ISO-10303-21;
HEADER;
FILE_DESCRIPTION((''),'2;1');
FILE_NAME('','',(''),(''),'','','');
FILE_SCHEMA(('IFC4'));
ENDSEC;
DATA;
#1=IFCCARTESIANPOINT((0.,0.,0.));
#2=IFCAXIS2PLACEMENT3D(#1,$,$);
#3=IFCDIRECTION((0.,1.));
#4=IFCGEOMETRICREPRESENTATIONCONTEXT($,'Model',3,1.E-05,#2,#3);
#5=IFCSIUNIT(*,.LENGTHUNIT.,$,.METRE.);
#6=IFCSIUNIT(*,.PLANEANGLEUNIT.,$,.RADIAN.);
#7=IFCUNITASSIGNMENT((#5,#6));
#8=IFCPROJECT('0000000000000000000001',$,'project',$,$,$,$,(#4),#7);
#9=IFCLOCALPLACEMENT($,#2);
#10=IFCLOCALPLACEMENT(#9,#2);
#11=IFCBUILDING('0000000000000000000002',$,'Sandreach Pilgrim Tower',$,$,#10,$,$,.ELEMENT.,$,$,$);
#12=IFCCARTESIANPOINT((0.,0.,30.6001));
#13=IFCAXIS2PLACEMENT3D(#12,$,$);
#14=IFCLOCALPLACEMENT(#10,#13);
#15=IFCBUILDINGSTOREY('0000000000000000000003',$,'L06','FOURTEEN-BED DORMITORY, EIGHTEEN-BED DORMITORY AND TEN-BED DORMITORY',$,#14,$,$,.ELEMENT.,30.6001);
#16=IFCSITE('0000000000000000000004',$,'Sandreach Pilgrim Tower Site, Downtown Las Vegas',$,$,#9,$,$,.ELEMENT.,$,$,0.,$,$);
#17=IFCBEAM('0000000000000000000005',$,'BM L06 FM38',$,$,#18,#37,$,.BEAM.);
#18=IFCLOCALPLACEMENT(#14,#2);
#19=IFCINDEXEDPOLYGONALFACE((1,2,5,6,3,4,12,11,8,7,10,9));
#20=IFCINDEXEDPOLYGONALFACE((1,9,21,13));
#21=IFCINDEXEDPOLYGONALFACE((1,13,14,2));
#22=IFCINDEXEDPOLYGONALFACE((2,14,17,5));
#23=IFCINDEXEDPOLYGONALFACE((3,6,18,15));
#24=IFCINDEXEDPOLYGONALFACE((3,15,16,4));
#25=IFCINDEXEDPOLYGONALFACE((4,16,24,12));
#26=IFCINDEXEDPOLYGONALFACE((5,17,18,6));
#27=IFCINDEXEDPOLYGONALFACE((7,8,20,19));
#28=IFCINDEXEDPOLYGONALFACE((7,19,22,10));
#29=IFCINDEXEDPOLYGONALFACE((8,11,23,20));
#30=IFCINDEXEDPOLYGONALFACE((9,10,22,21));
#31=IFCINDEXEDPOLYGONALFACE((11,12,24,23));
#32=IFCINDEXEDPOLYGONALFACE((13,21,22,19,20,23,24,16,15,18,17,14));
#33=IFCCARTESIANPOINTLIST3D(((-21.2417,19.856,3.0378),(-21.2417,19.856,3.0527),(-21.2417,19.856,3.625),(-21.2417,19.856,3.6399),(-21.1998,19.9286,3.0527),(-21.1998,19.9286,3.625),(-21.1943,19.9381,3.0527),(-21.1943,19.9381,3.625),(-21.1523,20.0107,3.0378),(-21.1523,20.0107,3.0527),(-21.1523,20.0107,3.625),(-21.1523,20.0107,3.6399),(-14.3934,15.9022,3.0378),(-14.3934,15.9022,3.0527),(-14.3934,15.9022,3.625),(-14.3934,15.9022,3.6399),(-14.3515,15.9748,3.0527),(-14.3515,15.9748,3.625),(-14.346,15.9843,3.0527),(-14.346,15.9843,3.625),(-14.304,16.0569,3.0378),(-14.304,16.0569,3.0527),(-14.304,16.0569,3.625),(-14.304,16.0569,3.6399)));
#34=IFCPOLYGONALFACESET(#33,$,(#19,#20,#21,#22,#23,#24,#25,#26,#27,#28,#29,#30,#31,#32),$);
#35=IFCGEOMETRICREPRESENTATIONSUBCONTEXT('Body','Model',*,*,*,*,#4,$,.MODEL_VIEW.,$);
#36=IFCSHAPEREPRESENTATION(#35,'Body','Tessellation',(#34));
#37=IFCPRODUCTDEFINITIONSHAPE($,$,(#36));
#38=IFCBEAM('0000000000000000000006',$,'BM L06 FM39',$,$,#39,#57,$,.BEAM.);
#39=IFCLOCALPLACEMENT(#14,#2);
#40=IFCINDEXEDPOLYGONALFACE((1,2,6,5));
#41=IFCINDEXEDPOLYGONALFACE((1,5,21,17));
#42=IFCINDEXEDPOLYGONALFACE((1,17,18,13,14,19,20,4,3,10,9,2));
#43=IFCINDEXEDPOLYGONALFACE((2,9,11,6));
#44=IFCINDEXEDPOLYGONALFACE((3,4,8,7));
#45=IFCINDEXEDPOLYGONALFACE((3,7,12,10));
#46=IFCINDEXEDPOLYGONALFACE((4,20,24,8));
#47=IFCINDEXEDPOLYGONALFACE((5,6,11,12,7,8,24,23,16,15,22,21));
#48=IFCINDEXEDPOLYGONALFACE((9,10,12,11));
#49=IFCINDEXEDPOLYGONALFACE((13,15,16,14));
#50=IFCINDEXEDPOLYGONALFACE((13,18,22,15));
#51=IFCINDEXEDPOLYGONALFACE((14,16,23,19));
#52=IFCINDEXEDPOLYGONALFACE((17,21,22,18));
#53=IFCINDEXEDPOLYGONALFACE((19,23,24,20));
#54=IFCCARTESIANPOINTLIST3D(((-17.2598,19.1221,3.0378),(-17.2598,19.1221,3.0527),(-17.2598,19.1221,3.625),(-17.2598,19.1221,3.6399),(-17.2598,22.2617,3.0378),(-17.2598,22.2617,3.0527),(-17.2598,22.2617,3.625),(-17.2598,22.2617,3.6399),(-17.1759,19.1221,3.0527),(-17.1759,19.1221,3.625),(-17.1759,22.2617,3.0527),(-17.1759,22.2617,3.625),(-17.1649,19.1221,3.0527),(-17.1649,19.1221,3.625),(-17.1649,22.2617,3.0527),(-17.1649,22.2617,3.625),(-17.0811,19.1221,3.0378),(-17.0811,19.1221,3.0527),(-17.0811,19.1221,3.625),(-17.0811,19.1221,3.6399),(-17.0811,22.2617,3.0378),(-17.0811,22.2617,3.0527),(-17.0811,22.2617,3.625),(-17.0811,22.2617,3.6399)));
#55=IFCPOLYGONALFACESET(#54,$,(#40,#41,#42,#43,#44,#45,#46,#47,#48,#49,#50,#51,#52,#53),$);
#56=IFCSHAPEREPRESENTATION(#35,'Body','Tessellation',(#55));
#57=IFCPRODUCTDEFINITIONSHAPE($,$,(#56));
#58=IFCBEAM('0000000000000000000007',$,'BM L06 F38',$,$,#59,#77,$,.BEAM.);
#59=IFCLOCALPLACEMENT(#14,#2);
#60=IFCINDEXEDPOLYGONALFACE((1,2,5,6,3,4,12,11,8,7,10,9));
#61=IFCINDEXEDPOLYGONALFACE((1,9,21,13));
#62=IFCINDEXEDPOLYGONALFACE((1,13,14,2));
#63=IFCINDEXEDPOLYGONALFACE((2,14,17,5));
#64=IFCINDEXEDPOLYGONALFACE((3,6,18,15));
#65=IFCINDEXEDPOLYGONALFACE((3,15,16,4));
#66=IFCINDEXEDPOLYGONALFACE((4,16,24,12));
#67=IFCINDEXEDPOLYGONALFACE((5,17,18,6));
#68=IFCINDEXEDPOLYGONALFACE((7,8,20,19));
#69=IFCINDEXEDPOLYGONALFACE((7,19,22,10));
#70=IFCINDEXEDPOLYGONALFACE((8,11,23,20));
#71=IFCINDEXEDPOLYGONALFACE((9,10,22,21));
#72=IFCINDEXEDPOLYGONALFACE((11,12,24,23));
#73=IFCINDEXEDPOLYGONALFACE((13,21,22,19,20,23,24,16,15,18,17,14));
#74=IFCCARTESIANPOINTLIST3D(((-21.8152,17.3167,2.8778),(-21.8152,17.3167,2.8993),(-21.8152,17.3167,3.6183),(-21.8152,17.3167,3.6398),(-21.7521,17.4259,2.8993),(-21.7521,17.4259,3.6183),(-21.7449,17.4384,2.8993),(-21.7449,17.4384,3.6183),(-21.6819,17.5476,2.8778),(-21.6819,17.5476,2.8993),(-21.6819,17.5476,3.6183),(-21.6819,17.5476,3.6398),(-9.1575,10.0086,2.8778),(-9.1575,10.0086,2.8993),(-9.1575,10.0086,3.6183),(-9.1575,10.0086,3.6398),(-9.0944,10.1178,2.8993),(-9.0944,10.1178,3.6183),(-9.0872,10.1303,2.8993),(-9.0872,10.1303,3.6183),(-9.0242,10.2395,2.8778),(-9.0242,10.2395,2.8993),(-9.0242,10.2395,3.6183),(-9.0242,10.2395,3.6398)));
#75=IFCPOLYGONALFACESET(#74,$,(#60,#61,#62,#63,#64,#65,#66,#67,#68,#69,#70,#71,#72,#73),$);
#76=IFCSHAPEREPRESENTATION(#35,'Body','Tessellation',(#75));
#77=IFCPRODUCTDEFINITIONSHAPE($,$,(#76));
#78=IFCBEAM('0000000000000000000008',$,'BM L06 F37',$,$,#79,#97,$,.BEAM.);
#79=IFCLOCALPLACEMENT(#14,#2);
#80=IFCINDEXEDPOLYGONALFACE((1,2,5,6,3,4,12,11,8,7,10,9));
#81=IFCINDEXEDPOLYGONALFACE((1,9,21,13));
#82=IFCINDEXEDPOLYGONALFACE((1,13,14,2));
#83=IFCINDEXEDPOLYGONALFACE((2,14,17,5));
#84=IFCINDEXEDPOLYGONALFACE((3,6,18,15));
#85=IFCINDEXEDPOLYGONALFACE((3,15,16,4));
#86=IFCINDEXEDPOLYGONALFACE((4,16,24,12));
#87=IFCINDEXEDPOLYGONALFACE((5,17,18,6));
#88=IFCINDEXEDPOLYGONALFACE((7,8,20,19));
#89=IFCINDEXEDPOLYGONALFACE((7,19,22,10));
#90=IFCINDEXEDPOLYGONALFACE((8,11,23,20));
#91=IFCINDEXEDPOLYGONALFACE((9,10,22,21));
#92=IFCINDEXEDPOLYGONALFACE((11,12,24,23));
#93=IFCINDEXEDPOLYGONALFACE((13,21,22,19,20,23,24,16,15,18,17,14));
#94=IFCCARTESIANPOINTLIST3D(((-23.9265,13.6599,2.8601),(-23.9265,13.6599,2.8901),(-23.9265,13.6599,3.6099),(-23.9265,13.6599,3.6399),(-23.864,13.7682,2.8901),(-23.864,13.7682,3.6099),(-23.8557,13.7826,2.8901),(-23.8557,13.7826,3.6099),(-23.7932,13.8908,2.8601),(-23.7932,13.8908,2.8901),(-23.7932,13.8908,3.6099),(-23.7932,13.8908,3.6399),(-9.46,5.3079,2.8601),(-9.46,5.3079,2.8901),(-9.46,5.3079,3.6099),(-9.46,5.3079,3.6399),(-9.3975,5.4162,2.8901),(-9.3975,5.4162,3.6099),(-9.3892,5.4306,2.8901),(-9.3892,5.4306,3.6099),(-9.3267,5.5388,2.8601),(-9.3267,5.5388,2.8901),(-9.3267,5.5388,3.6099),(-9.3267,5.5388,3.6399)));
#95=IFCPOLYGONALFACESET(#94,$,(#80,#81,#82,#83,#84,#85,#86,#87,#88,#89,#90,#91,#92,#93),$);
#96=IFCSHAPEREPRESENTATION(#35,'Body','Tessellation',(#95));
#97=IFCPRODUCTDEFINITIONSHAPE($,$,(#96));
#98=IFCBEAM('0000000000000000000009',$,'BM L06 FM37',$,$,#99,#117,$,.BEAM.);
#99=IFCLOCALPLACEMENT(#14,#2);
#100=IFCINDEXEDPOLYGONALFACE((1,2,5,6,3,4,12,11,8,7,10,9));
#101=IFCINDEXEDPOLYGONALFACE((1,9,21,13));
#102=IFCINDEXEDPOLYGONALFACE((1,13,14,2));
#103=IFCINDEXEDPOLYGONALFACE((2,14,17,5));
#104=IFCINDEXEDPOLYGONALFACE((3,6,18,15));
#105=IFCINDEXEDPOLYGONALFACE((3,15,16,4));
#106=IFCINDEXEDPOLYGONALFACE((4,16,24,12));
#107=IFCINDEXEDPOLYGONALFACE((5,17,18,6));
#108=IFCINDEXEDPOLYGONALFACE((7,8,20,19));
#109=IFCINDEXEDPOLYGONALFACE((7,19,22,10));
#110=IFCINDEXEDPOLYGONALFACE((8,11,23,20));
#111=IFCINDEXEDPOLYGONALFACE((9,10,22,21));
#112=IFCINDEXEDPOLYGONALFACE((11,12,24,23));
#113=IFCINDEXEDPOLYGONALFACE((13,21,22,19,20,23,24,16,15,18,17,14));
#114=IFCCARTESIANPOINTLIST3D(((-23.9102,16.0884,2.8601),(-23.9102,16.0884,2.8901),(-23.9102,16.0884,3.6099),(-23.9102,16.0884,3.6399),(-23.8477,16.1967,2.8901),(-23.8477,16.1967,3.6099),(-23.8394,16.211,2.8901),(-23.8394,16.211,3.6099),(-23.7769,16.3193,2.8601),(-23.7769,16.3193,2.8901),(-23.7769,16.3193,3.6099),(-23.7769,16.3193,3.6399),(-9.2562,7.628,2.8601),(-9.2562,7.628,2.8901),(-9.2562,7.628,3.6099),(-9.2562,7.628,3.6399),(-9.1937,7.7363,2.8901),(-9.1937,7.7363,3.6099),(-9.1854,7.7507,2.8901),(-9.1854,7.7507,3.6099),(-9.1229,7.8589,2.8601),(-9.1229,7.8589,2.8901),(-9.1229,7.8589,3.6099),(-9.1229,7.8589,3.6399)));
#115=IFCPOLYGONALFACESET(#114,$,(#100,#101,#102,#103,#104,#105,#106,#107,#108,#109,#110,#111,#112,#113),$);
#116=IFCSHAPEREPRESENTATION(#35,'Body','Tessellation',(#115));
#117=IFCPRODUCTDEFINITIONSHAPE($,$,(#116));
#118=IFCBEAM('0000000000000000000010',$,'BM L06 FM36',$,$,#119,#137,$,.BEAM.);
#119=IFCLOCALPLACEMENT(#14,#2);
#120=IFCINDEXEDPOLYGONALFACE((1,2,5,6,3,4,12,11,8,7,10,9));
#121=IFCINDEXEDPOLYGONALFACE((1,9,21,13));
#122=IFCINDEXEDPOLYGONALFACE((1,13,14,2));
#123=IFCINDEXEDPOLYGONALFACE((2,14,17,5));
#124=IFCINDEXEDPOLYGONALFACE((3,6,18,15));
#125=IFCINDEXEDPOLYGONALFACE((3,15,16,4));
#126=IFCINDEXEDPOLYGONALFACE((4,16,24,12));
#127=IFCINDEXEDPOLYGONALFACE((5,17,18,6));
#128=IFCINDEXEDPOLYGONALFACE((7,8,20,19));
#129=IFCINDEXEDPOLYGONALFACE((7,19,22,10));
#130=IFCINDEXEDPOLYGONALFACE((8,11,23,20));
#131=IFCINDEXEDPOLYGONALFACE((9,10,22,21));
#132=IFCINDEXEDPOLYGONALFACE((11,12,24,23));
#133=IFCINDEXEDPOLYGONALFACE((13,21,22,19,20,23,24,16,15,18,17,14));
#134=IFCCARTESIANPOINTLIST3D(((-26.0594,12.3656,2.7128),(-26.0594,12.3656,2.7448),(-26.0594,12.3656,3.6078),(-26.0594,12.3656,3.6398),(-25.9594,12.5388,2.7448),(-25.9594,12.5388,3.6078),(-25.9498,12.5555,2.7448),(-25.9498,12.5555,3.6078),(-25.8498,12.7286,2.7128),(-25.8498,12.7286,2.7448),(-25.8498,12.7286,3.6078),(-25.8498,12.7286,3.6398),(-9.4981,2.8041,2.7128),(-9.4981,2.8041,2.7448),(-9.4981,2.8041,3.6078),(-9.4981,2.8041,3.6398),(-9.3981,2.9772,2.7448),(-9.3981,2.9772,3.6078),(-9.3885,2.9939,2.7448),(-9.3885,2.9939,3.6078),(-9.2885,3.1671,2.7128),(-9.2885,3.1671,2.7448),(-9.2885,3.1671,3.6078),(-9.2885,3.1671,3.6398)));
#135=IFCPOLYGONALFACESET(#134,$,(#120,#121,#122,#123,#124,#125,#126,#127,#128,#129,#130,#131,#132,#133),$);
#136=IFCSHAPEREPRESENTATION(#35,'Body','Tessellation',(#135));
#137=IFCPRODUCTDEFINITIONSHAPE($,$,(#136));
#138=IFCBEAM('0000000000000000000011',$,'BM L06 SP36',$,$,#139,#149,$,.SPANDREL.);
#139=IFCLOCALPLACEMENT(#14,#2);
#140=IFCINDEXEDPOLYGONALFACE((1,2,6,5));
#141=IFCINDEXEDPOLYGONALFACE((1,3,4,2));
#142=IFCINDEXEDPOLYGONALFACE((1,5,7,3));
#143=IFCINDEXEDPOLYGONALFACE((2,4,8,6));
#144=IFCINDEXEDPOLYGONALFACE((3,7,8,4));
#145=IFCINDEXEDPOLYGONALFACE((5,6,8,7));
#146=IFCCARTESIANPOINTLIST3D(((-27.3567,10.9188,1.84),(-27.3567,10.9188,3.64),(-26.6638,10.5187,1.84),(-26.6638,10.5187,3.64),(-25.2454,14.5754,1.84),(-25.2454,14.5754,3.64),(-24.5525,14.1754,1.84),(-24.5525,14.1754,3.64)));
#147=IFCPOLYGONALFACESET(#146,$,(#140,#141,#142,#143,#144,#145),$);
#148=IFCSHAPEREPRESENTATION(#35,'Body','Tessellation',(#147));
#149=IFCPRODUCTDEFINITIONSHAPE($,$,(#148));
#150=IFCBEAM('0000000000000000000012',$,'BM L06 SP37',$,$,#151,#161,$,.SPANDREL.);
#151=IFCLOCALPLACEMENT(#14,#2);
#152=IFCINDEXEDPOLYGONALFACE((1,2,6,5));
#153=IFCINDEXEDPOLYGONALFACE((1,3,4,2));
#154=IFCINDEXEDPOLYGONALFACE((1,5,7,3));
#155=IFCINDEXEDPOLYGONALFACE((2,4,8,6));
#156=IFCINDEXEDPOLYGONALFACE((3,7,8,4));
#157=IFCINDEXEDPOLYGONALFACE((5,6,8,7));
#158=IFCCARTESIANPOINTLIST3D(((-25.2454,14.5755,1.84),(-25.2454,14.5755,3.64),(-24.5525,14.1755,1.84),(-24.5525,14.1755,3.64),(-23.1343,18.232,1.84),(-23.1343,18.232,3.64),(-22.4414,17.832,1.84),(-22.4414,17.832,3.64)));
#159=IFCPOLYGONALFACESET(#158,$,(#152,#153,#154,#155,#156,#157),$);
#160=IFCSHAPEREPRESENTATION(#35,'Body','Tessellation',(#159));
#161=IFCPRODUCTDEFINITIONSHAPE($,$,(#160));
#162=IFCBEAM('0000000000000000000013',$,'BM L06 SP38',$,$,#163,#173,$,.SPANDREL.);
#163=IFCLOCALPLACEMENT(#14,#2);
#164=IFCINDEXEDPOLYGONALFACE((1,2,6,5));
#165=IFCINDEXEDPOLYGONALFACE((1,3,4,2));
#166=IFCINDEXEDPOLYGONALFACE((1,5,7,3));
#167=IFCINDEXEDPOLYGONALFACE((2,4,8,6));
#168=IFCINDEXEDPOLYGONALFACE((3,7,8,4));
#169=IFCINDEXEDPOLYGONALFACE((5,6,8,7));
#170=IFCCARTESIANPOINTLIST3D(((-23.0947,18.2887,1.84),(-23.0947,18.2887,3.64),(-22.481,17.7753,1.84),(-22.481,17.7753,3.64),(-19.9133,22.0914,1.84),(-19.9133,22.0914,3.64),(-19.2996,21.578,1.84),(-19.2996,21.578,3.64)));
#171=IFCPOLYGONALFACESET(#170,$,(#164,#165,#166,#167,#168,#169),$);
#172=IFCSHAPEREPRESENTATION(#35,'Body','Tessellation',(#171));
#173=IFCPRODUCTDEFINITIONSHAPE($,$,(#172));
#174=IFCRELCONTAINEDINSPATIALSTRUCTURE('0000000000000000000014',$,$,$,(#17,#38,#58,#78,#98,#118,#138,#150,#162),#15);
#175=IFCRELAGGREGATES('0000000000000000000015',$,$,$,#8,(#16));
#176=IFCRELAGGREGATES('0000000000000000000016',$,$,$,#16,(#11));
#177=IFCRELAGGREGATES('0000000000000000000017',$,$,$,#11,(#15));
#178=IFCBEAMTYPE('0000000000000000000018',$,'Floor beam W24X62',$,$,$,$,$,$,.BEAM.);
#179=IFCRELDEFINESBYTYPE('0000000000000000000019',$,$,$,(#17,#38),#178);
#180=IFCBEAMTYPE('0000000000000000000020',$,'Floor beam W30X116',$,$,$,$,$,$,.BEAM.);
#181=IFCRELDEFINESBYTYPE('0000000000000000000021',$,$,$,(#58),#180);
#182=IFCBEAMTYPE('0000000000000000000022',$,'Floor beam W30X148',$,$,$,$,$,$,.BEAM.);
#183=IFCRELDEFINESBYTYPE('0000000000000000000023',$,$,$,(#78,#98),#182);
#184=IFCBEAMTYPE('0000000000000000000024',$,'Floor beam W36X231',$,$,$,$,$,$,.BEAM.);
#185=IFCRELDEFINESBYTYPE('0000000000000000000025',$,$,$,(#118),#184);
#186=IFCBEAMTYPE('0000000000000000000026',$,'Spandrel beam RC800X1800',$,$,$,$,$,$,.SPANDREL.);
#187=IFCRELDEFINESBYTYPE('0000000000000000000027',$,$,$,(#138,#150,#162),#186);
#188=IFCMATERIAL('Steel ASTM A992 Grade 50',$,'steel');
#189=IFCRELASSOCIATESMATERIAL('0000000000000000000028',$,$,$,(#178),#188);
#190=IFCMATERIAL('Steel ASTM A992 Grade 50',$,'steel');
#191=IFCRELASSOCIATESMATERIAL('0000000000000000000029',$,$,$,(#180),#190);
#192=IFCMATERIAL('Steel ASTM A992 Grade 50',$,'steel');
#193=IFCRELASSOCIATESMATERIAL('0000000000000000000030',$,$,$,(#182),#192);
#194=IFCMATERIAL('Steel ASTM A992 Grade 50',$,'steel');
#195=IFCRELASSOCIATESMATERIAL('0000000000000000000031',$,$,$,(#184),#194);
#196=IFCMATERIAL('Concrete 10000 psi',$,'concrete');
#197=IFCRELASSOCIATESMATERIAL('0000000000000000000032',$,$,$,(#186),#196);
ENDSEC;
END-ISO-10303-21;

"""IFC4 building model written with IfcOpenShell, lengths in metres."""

from ifc_helpers import new_model, si_unit, direction, frame, origin, origin_2d, place, context, subcontext, project, spatial, rectangle, i_section, extrude, material, material_profile, profile_set, type_object, element, save


model = new_model("IFC4")

# Units and contexts
model_context = context("Model", 3, precision=1e-05, world=origin(), true_north=direction((0.0, 1.0)))
body_context = subcontext(model_context, "Body", "Model", "MODEL_VIEW")
ifc_project = project(units=[si_unit("LENGTHUNIT", "METRE"), si_unit("PLANEANGLEUNIT", "RADIAN")], contexts=[model_context])

# Site, building, storey
site_placement = place(None, origin())
site = spatial("IfcSite", under=ifc_project, at=site_placement, Name="Sandreach Pilgrim Tower Site, Downtown Las Vegas", CompositionType="ELEMENT", RefElevation=0.0)
building_placement = place(site_placement, origin())
building = spatial("IfcBuilding", under=site, at=building_placement, Name="Sandreach Pilgrim Tower", CompositionType="ELEMENT")
storey_placement = place(building_placement, frame((0.0, 0.0, 30.6001)))
storey = spatial("IfcBuildingStorey", under=building, at=storey_placement, Name="L06", Description="FOURTEEN-BED DORMITORY, EIGHTEEN-BED DORMITORY AND TEN-BED DORMITORY", CompositionType="ELEMENT", Elevation=30.6001)

# Beams
ifc_material_1 = material(Name="Steel ASTM A992 Grade 50", Category="steel")
ifc_material_profile_1 = material_profile(ifc_material_1, i_section(OverallWidth=0.1787, OverallDepth=0.6021, WebThickness=0.011, FlangeThickness=0.0149, at=origin_2d()), Name="W24X62")
ifc_profile_set_1 = profile_set([ifc_material_profile_1], Name="Steel ASTM A992 Grade 50")
beam_type_1 = type_object("IfcBeamType", Name="Floor beam W24X62", PredefinedType="BEAM", material=ifc_profile_set_1)
beam_1_placement = place(storey_placement, frame((-21.197, 19.9333, 3.3389), z_axis=(0.866029, -0.499994, 0.0), x_axis=(0.499994, 0.866029, 0.0)))
element("IfcBeam", 1, at=beam_1_placement, inside=storey, type_object=beam_type_1, Name="BM L06 FM38", PredefinedType="BEAM", context=body_context, shape_type="SweptSolid", body=[
    extrude(i_section(OverallWidth=0.1787, OverallDepth=0.6021, WebThickness=0.011, FlangeThickness=0.0149, at=origin_2d()), origin(), (0.0, 0.0, 1.0), 7.9077),
])
beam_2_placement = place(storey_placement, frame((-17.1704, 22.2617, 3.3389), z_axis=(0.0, -1.0, 0.0), x_axis=(1.0, 0.0, 0.0)))
element("IfcBeam", 2, at=beam_2_placement, inside=storey, type_object=beam_type_1, Name="BM L06 FM39", PredefinedType="BEAM", context=body_context, shape_type="SweptSolid", body=[
    extrude(i_section(OverallWidth=0.1787, OverallDepth=0.6021, WebThickness=0.011, FlangeThickness=0.0149, at=origin_2d()), origin(), (0.0, 0.0, 1.0), 3.1396),
])
ifc_material_2 = material(Name="Steel ASTM A992 Grade 50", Category="steel")
ifc_material_profile_2 = material_profile(ifc_material_2, i_section(OverallWidth=0.2666, OverallDepth=0.762, WebThickness=0.0144, FlangeThickness=0.0215, at=origin_2d()), Name="W30X116")
ifc_profile_set_2 = profile_set([ifc_material_profile_2], Name="Steel ASTM A992 Grade 50")
beam_type_2 = type_object("IfcBeamType", Name="Floor beam W30X116", PredefinedType="BEAM", material=ifc_profile_set_2)
beam_3_placement = place(storey_placement, frame((-21.7485, 17.4321, 3.2588), z_axis=(0.86602, -0.500009, 0.0), x_axis=(0.500009, 0.86602, 0.0)))
element("IfcBeam", 3, at=beam_3_placement, inside=storey, type_object=beam_type_2, Name="BM L06 F38", PredefinedType="BEAM", context=body_context, shape_type="SweptSolid", body=[
    extrude(i_section(OverallWidth=0.2666, OverallDepth=0.762, WebThickness=0.0144, FlangeThickness=0.0215, at=origin_2d()), origin(), (0.0, 0.0, 1.0), 14.616),
])
ifc_material_3 = material(Name="Steel ASTM A992 Grade 50", Category="steel")
ifc_material_profile_3 = material_profile(ifc_material_3, i_section(OverallWidth=0.2666, OverallDepth=0.7798, WebThickness=0.0166, FlangeThickness=0.03, at=origin_2d()), Name="W30X148")
ifc_profile_set_3 = profile_set([ifc_material_profile_3], Name="Steel ASTM A992 Grade 50")
beam_type_3 = type_object("IfcBeamType", Name="Floor beam W30X148", PredefinedType="BEAM", material=ifc_profile_set_3)
beam_4_placement = place(storey_placement, frame((-23.8599, 13.7754, 3.25), z_axis=(0.866031, -0.49999, 0.0), x_axis=(0.49999, 0.866031, 0.0)))
element("IfcBeam", 4, at=beam_4_placement, inside=storey, type_object=beam_type_3, Name="BM L06 F37", PredefinedType="BEAM", context=body_context, shape_type="SweptSolid", body=[
    extrude(i_section(OverallWidth=0.2666, OverallDepth=0.7798, WebThickness=0.0166, FlangeThickness=0.03, at=origin_2d()), origin(), (0.0, 0.0, 1.0), 16.7043),
])
beam_5_placement = place(storey_placement, frame((-23.8435, 16.2039, 3.25), z_axis=(0.866027, -0.499997, 0.0), x_axis=(0.499997, 0.866027, 0.0)))
element("IfcBeam", 5, at=beam_5_placement, inside=storey, type_object=beam_type_3, Name="BM L06 FM37", PredefinedType="BEAM", context=body_context, shape_type="SweptSolid", body=[
    extrude(i_section(OverallWidth=0.2666, OverallDepth=0.7798, WebThickness=0.0166, FlangeThickness=0.03, at=origin_2d()), origin(), (0.0, 0.0, 1.0), 16.9209),
])
ifc_material_4 = material(Name="Steel ASTM A992 Grade 50", Category="steel")
ifc_material_profile_4 = material_profile(ifc_material_4, i_section(OverallWidth=0.4192, OverallDepth=0.927, WebThickness=0.0193, FlangeThickness=0.032, at=origin_2d()), Name="W36X231")
ifc_profile_set_4 = profile_set([ifc_material_profile_4], Name="Steel ASTM A992 Grade 50")
beam_type_4 = type_object("IfcBeamType", Name="Floor beam W36X231", PredefinedType="BEAM", material=ifc_profile_set_4)
beam_6_placement = place(storey_placement, frame((-25.9546, 12.5471, 3.1763), z_axis=(0.866028, -0.499995, 0.0), x_axis=(0.499995, 0.866028, 0.0)))
element("IfcBeam", 6, at=beam_6_placement, inside=storey, type_object=beam_type_4, Name="BM L06 FM36", PredefinedType="BEAM", context=body_context, shape_type="SweptSolid", body=[
    extrude(i_section(OverallWidth=0.4192, OverallDepth=0.927, WebThickness=0.0193, FlangeThickness=0.032, at=origin_2d()), origin(), (0.0, 0.0, 1.0), 19.1233),
])
ifc_material_5 = material(Name="Concrete 10000 psi", Category="concrete")
ifc_material_profile_5 = material_profile(ifc_material_5, rectangle(XDim=0.8, YDim=1.8, at=origin_2d()), Name="RC800X1800")
ifc_profile_set_5 = profile_set([ifc_material_profile_5], Name="Concrete 10000 psi")
beam_type_5 = type_object("IfcBeamType", Name="Spandrel beam RC800X1800", PredefinedType="SPANDREL", material=ifc_profile_set_5)
beam_7_placement = place(storey_placement, frame((-27.0103, 10.7188, 2.74), z_axis=(0.500019, 0.866014, 0.0), x_axis=(-0.866014, 0.500019, 0.0)))
element("IfcBeam", 7, at=beam_7_placement, inside=storey, type_object=beam_type_5, Name="BM L06 SP36", PredefinedType="SPANDREL", context=body_context, shape_type="SweptSolid", body=[
    extrude(rectangle(XDim=0.8, YDim=1.8, at=origin_2d()), origin(), (0.0, 0.0, 1.0), 4.2224),
])
beam_8_placement = place(storey_placement, frame((-24.8989, 14.3755, 2.74), z_axis=(0.500001, 0.866025, 0.0), x_axis=(-0.866025, 0.500001, 0.0)))
element("IfcBeam", 8, at=beam_8_placement, inside=storey, type_object=beam_type_5, Name="BM L06 SP37", PredefinedType="SPANDREL", context=body_context, shape_type="SweptSolid", body=[
    extrude(rectangle(XDim=0.8, YDim=1.8, at=origin_2d()), origin(), (0.0, 0.0, 1.0), 4.2222),
])
beam_9_placement = place(storey_placement, frame((-22.7878, 18.032, 2.74), z_axis=(0.641665, 0.766985, 0.0), x_axis=(-0.766985, 0.641665, 0.0)))
element("IfcBeam", 9, at=beam_9_placement, inside=storey, type_object=beam_type_5, Name="BM L06 SP38", PredefinedType="SPANDREL", context=body_context, shape_type="SweptSolid", body=[
    extrude(rectangle(XDim=0.8, YDim=1.8, at=origin_2d()), origin(), (0.0, 0.0, 1.0), 4.958),
])

save(model, "model.ifc")
